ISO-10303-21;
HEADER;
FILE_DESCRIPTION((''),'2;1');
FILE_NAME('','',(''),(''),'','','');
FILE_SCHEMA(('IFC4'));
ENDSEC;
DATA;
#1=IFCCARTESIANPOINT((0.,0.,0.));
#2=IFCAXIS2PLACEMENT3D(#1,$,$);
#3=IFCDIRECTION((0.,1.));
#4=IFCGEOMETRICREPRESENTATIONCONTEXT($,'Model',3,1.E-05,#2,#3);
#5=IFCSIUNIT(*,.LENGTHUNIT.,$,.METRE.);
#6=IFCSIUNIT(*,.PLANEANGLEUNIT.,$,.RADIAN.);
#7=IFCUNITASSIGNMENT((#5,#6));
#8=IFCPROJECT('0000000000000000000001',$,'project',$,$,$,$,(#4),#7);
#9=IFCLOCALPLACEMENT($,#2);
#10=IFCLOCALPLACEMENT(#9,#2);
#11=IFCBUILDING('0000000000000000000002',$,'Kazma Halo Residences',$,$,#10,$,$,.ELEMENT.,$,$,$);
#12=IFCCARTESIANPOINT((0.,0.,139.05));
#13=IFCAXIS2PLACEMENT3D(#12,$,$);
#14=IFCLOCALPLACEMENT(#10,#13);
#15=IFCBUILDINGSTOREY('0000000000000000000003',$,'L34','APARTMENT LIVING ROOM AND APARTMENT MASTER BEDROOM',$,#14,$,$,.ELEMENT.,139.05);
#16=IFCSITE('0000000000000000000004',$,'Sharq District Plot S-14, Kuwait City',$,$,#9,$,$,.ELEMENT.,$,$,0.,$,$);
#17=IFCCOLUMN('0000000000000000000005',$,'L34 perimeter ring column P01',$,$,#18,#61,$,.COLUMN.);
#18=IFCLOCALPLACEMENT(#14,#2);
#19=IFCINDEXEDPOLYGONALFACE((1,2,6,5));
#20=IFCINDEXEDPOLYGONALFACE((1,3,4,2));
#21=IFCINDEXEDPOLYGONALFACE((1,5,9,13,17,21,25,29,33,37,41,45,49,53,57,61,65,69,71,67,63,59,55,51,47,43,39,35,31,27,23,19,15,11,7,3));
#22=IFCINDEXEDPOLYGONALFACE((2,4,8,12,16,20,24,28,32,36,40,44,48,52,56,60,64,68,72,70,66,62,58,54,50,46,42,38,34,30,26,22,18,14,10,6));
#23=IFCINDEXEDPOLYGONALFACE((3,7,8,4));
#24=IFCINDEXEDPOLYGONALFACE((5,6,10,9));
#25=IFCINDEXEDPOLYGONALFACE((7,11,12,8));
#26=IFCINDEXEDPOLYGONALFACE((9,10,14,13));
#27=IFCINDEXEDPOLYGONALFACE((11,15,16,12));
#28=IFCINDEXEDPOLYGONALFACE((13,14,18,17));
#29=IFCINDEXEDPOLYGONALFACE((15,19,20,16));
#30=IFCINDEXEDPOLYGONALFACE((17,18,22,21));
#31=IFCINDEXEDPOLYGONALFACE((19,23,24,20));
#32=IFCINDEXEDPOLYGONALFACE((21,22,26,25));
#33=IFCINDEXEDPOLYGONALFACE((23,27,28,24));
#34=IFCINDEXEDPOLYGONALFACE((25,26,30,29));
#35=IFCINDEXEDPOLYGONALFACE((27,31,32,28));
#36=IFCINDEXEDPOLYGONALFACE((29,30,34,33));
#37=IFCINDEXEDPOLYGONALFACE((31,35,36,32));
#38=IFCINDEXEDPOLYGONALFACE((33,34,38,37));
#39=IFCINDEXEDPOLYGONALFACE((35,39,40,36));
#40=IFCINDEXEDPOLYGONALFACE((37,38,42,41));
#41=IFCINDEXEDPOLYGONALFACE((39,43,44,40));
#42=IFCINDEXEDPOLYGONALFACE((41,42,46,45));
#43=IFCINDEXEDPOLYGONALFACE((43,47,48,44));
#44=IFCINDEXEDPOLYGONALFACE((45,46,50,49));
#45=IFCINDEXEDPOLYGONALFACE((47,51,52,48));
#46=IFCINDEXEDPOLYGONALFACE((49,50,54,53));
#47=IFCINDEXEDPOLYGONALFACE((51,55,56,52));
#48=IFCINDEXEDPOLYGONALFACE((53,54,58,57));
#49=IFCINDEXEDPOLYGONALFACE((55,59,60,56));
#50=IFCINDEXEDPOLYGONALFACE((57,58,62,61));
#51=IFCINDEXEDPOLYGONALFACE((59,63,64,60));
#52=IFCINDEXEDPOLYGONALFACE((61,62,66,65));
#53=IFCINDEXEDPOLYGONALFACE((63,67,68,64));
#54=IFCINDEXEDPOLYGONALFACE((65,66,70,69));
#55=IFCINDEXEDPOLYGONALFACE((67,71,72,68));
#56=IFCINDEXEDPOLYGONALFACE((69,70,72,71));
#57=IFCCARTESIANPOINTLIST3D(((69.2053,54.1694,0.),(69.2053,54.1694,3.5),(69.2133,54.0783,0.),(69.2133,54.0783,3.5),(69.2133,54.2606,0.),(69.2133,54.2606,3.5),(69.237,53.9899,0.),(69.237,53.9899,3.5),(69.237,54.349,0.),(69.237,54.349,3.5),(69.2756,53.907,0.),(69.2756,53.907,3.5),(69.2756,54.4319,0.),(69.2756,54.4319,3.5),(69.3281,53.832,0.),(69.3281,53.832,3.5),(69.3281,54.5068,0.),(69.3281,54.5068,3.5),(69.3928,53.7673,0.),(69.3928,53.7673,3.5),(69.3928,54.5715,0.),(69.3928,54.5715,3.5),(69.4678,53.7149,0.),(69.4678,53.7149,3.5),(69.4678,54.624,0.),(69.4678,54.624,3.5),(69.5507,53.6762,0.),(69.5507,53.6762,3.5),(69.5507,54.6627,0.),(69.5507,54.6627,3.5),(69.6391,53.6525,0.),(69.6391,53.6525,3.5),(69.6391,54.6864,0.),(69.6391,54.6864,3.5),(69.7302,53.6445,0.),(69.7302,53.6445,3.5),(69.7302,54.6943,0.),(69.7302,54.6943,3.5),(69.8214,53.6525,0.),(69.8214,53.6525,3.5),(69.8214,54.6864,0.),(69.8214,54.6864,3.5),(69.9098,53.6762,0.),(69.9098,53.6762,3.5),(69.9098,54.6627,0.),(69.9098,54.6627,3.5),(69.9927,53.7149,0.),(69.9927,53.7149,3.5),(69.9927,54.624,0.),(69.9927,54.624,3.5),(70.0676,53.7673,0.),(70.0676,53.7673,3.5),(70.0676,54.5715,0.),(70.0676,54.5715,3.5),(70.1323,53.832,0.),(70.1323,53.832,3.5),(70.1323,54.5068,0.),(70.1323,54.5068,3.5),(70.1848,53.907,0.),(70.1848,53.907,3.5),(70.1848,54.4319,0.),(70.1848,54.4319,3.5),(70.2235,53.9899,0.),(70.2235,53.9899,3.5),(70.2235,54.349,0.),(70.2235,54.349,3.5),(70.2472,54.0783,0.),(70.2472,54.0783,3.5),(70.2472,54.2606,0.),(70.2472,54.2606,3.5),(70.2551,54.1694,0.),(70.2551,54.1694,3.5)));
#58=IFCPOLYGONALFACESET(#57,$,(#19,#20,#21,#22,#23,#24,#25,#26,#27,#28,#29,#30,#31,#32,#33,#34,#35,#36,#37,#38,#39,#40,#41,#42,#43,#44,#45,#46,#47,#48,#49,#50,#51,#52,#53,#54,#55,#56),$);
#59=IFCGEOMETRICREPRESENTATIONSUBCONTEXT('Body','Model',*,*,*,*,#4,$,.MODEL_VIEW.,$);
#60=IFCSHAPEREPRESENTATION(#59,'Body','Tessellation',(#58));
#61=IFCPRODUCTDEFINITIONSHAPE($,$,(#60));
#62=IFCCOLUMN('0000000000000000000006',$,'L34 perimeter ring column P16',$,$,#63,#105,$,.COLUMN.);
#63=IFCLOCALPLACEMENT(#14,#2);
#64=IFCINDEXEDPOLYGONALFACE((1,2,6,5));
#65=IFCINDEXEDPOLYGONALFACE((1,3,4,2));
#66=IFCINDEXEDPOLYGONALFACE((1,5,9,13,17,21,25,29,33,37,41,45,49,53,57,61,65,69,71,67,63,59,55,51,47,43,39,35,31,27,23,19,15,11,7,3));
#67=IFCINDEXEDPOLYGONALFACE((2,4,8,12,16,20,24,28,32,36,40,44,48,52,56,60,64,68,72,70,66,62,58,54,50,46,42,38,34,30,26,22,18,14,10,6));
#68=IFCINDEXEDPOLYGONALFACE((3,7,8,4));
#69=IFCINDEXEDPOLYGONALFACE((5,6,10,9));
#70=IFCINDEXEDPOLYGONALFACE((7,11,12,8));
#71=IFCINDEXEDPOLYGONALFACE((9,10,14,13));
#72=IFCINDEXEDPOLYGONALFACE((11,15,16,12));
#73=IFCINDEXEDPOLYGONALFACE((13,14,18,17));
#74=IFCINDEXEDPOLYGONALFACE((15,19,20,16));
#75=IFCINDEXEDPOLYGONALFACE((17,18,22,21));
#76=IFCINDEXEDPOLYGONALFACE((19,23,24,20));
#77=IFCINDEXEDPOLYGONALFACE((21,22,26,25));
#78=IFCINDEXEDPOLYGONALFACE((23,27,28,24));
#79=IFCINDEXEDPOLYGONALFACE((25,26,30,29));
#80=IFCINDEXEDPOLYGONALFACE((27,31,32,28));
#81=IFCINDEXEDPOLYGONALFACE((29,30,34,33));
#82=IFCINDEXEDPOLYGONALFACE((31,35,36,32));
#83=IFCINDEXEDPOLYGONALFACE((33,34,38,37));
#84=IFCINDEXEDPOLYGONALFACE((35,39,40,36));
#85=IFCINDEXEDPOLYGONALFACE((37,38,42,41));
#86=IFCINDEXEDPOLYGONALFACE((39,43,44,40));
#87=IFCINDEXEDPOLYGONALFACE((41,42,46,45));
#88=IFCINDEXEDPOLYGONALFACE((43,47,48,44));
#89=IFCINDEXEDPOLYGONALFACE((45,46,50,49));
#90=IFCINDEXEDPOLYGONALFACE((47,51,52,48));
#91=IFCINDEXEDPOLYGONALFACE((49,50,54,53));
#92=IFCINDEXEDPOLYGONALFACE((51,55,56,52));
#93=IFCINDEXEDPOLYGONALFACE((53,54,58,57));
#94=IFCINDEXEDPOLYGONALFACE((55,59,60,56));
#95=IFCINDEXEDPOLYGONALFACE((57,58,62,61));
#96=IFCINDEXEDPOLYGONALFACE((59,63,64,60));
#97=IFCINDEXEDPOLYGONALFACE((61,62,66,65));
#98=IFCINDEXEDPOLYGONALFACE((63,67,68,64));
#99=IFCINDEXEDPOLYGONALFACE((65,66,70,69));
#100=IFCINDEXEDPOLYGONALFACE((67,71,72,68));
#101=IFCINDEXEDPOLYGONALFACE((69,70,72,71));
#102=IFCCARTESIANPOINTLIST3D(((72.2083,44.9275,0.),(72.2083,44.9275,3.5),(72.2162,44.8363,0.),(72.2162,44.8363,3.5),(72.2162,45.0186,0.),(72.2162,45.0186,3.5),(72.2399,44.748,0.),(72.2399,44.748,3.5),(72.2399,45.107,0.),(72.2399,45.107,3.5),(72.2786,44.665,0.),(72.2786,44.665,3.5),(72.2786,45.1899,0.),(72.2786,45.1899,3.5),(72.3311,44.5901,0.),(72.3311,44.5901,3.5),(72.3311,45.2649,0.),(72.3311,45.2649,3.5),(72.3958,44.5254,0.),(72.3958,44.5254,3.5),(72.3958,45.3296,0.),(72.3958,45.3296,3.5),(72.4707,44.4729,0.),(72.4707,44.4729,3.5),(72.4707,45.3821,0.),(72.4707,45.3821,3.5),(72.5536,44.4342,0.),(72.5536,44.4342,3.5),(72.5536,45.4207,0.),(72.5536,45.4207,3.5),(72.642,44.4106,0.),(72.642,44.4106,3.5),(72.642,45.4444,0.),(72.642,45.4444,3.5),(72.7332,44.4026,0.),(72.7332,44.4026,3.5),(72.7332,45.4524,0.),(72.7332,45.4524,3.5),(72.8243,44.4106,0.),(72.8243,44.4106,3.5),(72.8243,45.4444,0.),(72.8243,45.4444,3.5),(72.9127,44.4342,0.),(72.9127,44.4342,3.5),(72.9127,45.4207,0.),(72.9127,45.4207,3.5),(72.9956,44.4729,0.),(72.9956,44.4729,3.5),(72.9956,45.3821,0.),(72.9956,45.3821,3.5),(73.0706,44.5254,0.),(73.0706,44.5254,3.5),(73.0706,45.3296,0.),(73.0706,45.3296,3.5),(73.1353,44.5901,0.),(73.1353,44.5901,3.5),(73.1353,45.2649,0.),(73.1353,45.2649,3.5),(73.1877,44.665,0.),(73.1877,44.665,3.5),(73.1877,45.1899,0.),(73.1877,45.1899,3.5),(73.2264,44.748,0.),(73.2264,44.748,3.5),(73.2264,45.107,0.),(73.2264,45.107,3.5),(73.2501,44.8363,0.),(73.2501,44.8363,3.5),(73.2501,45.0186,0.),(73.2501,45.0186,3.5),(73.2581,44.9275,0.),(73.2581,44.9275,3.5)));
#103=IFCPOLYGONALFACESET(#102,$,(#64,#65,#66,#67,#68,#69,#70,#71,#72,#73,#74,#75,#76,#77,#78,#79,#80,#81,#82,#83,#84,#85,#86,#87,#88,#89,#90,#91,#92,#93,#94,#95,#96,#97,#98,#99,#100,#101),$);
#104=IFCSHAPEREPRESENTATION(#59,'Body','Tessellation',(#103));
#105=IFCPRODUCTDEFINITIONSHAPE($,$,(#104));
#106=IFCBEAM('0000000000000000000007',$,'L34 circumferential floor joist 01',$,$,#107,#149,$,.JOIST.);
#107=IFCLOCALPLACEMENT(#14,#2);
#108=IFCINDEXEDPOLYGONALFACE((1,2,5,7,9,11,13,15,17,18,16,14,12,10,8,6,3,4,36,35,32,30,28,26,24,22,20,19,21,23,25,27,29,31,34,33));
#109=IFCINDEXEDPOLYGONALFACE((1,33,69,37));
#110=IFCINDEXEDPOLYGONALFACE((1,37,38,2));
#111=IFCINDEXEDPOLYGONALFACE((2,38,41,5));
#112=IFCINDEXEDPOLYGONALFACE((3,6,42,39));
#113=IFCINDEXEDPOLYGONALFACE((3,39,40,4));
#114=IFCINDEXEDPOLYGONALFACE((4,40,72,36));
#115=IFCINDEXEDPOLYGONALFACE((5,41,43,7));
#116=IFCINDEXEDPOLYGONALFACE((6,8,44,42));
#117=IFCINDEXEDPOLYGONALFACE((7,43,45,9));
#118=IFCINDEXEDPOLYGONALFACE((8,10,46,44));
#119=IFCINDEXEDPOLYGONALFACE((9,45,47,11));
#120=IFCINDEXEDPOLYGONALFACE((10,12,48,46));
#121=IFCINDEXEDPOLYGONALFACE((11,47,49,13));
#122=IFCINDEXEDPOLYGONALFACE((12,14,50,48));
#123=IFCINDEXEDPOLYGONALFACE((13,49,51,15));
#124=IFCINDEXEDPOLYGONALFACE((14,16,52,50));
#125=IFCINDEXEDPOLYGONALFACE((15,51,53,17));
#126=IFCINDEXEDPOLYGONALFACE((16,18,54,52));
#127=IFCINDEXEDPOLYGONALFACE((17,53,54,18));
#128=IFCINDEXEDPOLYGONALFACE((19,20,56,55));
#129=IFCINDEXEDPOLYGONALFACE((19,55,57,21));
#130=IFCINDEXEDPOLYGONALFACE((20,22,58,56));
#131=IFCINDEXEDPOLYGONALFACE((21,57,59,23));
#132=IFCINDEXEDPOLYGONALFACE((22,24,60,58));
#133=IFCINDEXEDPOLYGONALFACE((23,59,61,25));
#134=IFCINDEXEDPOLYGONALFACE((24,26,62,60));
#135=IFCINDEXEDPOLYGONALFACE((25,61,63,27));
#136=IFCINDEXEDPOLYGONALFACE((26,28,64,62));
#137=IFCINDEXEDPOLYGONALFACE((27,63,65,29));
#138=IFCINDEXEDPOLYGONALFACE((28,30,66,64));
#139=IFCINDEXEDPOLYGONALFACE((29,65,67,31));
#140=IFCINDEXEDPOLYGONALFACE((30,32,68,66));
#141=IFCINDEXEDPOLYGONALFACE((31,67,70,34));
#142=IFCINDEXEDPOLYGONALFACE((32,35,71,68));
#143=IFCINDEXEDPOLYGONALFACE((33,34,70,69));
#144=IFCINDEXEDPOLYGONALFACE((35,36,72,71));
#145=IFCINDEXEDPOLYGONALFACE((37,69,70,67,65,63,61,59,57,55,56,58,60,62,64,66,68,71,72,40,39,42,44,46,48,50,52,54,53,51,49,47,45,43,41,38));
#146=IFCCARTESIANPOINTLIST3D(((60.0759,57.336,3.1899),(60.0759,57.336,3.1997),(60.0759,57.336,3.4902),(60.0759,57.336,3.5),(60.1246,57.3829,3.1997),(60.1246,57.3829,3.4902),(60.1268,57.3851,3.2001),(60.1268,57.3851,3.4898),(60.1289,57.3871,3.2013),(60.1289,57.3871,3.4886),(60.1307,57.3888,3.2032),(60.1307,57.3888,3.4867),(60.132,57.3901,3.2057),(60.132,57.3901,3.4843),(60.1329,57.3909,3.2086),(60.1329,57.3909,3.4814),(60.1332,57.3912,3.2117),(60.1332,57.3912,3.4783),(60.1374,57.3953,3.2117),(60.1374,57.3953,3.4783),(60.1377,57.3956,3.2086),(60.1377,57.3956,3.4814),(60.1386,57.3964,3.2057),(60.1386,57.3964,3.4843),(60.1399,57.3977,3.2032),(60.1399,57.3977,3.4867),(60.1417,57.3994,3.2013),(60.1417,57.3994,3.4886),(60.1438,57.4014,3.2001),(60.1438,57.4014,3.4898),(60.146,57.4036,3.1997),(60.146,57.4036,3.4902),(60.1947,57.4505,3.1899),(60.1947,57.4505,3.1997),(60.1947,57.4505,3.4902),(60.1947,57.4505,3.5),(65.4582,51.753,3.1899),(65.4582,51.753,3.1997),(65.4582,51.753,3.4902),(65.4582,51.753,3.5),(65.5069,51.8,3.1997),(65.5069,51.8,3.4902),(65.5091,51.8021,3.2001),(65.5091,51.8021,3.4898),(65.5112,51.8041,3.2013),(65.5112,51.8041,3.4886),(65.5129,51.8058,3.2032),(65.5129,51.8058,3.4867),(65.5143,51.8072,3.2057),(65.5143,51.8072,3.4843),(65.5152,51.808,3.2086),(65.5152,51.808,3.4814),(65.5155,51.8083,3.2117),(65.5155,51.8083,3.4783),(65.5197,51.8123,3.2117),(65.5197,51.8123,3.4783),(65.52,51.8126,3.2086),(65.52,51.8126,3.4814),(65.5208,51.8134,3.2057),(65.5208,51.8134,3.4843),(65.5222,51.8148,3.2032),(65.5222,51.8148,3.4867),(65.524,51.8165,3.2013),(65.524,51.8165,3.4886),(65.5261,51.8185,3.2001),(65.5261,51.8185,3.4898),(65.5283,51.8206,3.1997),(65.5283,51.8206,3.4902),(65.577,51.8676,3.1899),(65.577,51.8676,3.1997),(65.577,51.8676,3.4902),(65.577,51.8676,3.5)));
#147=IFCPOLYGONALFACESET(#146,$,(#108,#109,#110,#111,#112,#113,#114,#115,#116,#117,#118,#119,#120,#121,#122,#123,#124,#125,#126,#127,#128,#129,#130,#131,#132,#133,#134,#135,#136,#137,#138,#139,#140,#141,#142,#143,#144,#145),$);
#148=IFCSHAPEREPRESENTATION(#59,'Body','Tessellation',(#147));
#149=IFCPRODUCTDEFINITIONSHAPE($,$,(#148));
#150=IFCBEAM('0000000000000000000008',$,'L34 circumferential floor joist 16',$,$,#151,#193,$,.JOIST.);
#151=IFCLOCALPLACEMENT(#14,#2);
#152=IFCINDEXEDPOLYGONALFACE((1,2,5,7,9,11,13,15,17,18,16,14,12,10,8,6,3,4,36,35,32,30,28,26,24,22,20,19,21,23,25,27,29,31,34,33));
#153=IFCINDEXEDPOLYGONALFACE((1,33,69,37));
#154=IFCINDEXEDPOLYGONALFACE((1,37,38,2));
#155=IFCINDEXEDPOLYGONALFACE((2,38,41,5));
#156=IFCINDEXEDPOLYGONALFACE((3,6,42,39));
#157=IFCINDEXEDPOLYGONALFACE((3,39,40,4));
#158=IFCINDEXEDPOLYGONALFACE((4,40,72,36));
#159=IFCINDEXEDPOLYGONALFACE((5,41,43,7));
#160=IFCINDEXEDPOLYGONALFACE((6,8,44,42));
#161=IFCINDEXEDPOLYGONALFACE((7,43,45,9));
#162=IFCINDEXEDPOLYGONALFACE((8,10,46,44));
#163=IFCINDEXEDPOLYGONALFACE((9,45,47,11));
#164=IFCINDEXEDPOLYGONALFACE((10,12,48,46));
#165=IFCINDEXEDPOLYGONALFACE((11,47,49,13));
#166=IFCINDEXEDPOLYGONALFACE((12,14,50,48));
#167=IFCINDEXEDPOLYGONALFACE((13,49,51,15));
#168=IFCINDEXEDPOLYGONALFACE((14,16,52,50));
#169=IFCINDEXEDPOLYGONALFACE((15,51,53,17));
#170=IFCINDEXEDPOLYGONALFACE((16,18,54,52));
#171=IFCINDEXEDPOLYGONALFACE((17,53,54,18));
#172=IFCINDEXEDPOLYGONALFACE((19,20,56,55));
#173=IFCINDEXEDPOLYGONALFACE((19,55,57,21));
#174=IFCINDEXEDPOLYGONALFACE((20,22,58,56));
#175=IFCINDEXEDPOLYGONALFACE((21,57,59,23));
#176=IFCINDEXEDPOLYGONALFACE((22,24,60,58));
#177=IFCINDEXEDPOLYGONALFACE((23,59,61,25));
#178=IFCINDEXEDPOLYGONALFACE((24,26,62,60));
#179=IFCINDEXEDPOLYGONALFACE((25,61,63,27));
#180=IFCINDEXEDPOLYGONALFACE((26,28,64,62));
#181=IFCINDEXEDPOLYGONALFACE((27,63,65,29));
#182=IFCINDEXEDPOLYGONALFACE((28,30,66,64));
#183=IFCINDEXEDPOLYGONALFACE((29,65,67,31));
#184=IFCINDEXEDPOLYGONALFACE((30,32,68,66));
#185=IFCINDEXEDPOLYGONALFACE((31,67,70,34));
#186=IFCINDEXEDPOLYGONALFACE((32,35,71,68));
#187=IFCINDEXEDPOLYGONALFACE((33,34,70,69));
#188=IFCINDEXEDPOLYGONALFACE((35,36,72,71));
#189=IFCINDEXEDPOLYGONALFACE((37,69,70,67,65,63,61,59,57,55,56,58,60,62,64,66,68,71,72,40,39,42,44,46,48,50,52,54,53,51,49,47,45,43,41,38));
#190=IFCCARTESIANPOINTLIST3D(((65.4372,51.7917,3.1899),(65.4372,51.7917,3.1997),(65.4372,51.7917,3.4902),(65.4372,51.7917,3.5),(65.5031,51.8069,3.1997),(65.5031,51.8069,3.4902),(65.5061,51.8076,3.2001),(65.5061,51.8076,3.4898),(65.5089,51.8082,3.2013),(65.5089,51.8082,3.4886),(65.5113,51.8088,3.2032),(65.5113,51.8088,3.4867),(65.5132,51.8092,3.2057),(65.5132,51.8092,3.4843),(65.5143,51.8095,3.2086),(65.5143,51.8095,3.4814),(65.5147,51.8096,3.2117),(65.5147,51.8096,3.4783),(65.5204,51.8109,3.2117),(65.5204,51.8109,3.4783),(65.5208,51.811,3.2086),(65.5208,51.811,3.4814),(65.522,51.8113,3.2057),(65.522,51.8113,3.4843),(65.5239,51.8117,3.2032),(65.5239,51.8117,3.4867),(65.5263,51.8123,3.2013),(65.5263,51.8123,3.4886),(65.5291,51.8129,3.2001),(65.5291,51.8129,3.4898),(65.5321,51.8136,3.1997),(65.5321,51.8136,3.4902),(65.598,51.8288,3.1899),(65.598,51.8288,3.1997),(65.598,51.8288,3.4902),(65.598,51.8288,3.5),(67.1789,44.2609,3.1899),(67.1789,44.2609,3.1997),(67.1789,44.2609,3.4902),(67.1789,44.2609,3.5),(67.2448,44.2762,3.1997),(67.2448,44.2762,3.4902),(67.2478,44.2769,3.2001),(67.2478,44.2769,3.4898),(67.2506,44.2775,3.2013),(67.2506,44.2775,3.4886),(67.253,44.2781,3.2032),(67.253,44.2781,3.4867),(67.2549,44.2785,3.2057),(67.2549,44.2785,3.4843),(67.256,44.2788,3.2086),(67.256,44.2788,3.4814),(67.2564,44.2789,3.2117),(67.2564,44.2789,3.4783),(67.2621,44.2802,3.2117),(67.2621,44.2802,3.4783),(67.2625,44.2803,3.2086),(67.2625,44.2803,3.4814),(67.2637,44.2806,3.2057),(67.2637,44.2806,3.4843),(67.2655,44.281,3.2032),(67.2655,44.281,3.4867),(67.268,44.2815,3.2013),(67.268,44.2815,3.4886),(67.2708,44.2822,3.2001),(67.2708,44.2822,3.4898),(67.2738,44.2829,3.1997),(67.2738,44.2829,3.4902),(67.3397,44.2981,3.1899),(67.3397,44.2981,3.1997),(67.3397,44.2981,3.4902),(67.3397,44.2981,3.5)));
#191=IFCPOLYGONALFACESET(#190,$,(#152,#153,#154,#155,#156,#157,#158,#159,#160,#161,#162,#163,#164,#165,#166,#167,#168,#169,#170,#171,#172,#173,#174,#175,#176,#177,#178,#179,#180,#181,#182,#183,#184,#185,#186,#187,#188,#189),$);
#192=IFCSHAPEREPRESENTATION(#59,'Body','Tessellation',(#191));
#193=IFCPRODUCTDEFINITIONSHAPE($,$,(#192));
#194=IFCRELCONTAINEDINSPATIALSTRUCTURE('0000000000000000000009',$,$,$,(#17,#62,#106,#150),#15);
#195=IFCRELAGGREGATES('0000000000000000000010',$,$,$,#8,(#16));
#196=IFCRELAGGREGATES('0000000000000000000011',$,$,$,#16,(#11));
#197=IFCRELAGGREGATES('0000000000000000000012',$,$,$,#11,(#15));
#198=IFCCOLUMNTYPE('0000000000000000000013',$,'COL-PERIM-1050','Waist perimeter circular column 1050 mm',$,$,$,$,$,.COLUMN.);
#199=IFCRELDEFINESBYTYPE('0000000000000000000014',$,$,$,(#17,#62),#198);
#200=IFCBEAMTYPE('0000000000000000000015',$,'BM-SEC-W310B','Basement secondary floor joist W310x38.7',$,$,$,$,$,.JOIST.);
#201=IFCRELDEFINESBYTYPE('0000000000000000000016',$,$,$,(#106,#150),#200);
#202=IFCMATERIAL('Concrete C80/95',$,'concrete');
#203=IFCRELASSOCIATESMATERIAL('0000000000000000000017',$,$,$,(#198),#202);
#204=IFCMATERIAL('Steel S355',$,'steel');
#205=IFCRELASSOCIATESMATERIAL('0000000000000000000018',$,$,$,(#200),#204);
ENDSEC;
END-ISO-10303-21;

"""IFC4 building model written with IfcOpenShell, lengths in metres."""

from ifc_helpers import new_model, si_unit, direction, frame, origin, origin_2d, place, context, subcontext, project, spatial, circle, i_section, extrude, material, material_profile, profile_set, type_object, element, save


model = new_model("IFC4")

# Units and contexts
model_context = context("Model", 3, precision=1e-05, world=origin(), true_north=direction((0.0, 1.0)))
body_context = subcontext(model_context, "Body", "Model", "MODEL_VIEW")
ifc_project = project(units=[si_unit("LENGTHUNIT", "METRE"), si_unit("PLANEANGLEUNIT", "RADIAN")], contexts=[model_context])

# Site, building, storey
site_placement = place(None, origin())
site = spatial("IfcSite", under=ifc_project, at=site_placement, Name="Sharq District Plot S-14, Kuwait City", CompositionType="ELEMENT", RefElevation=0.0)
building_placement = place(site_placement, origin())
building = spatial("IfcBuilding", under=site, at=building_placement, Name="Kazma Halo Residences", CompositionType="ELEMENT")
storey_placement = place(building_placement, frame((0.0, 0.0, 139.05)))
storey = spatial("IfcBuildingStorey", under=building, at=storey_placement, Name="L34", Description="APARTMENT LIVING ROOM AND APARTMENT MASTER BEDROOM", CompositionType="ELEMENT", Elevation=139.05)

# Columns
ifc_material_1 = material(Name="Concrete C80/95", Category="concrete")
ifc_material_profile_1 = material_profile(ifc_material_1, circle(Radius=0.5249, at=origin_2d()), Name="CIRC1050")
ifc_profile_set_1 = profile_set([ifc_material_profile_1], Name="Concrete C80/95")
column_type = type_object("IfcColumnType", Name="COL-PERIM-1050", Description="Waist perimeter circular column 1050 mm", PredefinedType="COLUMN", material=ifc_profile_set_1)
for number, where, z_axis, x_axis, name in (
    (1, (69.7302, 54.1694, 0.0), (0.0, 0.0, 1.0), (1.0, 0.0, 0.0), "L34 perimeter ring column P01"),
    (2, (72.7332, 44.9275, 0.0), (0.0, 0.0, 1.0), (1.0, 0.0, 0.0), "L34 perimeter ring column P16"),
):
    element("IfcColumn", number, at=place(storey_placement, frame(where, z_axis=z_axis, x_axis=x_axis)), inside=storey, type_object=column_type, Name=name, PredefinedType="COLUMN", context=body_context, shape_type="SweptSolid", body=[
        extrude(circle(Radius=0.5249, at=origin_2d()), origin(), (0.0, 0.0, 1.0), 3.5),
    ])

# Beams
ifc_material_2 = material(Name="Steel S355", Category="steel")
ifc_material_profile_2 = material_profile(ifc_material_2, i_section(OverallWidth=0.165, OverallDepth=0.3101, WebThickness=0.0059, FlangeThickness=0.0098, FilletRadius=0.012, at=origin_2d()), Name="W310x38.7")
ifc_profile_set_2 = profile_set([ifc_material_profile_2], Name="Steel S355")
beam_type_1 = type_object("IfcBeamType", Name="BM-SEC-W310B", Description="Basement secondary floor joist W310x38.7", PredefinedType="JOIST", material=ifc_profile_set_2)
beam_1_placement = place(storey_placement, frame((65.5176, 51.8103, 3.345), z_axis=(-0.694049, 0.719927, 0.0), x_axis=(-0.719927, -0.694049, 0.0)))
element("IfcBeam", 3, at=beam_1_placement, inside=storey, type_object=beam_type_1, Name="L34 circumferential floor joist 01", PredefinedType="JOIST", context=body_context, shape_type="SweptSolid", body=[
    extrude(i_section(OverallWidth=0.165, OverallDepth=0.3101, WebThickness=0.0059, FlangeThickness=0.0098, FilletRadius=0.012, at=origin_2d()), origin(), (0.0, 0.0, 1.0), 7.7549),
])
beam_2_placement = place(storey_placement, frame((67.2593, 44.2795, 3.345), z_axis=(-0.22533, 0.974282, 0.0), x_axis=(-0.974282, -0.22533, 0.0)))
element("IfcBeam", 4, at=beam_2_placement, inside=storey, type_object=beam_type_1, Name="L34 circumferential floor joist 16", PredefinedType="JOIST", context=body_context, shape_type="SweptSolid", body=[
    extrude(i_section(OverallWidth=0.165, OverallDepth=0.3101, WebThickness=0.0059, FlangeThickness=0.0098, FilletRadius=0.012, at=origin_2d()), origin(), (0.0, 0.0, 1.0), 7.7295),
])

save(model, "model.ifc")
